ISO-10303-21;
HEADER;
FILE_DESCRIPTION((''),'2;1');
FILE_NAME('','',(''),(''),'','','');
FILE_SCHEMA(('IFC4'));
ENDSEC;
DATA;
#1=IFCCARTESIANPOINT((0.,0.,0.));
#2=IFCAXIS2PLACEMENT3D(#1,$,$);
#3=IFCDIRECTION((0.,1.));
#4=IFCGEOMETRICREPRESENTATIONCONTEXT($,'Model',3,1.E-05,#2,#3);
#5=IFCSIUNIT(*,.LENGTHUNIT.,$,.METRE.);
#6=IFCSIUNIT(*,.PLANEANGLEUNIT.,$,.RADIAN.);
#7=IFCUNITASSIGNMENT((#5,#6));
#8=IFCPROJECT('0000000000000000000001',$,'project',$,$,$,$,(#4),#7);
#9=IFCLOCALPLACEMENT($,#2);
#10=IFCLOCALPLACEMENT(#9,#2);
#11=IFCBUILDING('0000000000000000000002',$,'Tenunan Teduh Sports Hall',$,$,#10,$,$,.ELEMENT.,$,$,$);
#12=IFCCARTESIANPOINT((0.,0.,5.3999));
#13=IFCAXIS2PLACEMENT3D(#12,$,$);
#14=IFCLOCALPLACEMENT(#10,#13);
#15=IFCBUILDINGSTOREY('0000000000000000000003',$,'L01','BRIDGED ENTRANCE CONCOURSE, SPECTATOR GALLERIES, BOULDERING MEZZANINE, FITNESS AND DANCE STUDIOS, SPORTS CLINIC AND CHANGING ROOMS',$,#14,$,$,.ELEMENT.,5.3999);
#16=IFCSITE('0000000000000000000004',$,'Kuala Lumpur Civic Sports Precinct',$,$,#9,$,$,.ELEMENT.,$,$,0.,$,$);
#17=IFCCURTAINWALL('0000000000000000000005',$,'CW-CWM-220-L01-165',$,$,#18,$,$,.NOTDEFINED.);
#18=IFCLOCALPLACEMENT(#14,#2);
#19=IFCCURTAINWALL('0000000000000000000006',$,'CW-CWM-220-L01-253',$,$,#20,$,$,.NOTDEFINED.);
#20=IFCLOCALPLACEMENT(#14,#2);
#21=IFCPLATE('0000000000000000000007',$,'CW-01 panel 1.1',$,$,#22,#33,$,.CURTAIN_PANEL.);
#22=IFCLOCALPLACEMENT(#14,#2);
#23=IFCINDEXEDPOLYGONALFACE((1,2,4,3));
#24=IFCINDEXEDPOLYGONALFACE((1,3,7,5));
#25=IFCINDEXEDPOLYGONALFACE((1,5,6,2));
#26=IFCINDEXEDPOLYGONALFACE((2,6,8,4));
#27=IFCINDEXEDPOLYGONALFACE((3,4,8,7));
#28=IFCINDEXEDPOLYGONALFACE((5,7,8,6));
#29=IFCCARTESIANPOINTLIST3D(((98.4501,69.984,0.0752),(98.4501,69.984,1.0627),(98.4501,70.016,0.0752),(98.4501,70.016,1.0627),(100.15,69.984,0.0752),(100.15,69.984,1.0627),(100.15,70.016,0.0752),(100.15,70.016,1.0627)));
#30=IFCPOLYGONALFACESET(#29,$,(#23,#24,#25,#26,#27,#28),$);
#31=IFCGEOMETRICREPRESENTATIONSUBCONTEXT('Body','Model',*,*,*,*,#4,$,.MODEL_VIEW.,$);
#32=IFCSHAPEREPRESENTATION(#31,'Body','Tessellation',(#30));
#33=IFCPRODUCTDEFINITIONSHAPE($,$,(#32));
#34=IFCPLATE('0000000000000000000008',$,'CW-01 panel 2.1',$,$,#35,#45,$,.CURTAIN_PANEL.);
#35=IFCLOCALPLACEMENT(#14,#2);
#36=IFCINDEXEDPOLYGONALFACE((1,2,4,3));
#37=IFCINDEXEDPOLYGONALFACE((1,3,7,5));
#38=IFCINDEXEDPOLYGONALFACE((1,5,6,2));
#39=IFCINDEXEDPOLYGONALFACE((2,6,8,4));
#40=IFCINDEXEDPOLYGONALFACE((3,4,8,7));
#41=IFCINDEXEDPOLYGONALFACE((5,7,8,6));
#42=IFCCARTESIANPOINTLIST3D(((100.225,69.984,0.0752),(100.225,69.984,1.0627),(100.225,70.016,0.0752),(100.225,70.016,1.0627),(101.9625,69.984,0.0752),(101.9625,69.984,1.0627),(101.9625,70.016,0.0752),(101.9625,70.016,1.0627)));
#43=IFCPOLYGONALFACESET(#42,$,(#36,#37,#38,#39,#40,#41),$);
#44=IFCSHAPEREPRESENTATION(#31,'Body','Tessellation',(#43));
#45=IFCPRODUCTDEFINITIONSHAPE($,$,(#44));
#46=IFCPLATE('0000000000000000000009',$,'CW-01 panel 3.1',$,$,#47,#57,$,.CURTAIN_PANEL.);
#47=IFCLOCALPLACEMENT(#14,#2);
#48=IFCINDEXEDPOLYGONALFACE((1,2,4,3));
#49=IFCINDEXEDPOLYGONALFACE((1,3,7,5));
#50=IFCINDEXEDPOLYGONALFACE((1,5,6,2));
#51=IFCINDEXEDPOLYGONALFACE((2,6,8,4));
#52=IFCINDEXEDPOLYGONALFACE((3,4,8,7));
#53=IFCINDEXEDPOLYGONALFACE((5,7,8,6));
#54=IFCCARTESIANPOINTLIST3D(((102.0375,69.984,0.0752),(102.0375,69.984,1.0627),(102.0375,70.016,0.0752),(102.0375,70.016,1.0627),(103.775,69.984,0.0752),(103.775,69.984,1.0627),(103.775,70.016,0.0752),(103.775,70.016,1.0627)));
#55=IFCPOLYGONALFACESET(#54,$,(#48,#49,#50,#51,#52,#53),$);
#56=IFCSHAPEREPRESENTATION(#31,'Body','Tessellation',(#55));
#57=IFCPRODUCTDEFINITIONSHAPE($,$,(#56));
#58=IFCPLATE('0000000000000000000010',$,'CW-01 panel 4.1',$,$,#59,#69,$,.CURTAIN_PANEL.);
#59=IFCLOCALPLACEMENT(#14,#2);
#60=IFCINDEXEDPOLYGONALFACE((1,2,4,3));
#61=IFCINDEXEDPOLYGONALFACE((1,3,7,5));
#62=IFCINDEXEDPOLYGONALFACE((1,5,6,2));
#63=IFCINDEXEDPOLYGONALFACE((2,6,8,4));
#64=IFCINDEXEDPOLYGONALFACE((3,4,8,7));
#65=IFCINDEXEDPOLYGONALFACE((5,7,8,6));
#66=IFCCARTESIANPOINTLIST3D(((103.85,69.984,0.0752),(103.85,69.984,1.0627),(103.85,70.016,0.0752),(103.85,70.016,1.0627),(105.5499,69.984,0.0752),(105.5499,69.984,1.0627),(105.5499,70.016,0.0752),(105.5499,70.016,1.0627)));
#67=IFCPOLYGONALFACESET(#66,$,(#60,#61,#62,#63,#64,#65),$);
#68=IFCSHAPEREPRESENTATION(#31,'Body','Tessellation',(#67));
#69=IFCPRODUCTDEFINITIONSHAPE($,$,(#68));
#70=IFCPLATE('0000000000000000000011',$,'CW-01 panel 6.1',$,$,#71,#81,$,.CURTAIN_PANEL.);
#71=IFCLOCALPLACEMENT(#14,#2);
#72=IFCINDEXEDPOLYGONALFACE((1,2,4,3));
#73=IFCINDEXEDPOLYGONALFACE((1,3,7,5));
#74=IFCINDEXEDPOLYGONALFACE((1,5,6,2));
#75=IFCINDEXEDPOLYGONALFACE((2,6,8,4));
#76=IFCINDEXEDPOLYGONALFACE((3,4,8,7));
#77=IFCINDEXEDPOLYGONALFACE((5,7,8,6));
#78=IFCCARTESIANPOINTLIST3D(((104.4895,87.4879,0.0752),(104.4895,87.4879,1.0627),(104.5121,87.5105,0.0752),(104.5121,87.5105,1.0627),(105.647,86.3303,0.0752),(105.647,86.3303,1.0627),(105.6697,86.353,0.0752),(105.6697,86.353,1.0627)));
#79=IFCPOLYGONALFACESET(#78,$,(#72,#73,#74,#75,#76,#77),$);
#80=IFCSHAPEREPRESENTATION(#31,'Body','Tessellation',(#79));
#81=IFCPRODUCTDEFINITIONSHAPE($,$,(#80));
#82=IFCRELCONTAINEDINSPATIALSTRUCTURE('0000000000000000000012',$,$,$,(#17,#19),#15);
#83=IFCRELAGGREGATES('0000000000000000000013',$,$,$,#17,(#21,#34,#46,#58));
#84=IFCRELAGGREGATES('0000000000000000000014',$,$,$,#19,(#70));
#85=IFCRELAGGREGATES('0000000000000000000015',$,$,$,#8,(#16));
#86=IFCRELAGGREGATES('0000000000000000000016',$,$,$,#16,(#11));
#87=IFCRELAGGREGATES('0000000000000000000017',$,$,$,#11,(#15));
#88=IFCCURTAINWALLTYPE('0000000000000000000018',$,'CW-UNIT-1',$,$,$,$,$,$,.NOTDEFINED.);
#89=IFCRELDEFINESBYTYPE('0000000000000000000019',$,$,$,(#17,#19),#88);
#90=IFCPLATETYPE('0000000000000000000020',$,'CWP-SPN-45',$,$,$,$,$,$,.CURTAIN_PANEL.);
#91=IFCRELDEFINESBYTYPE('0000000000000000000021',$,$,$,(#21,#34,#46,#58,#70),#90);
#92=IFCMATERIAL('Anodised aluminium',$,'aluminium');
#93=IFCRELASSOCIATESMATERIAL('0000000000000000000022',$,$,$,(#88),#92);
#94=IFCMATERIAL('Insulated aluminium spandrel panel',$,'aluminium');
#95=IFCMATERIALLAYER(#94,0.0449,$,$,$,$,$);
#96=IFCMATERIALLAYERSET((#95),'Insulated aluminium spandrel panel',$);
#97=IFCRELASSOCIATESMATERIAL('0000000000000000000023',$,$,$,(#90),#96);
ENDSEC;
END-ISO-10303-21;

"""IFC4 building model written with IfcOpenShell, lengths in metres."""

from ifc_helpers import new_model, si_unit, direction, frame, origin, origin_2d, place, context, subcontext, project, spatial, rectangle, extrude, material, layer, layer_set, type_object, element, aggregate, save


model = new_model("IFC4")

# Units and contexts
model_context = context("Model", 3, precision=1e-05, world=origin(), true_north=direction((0.0, 1.0)))
body_context = subcontext(model_context, "Body", "Model", "MODEL_VIEW")
ifc_project = project(units=[si_unit("LENGTHUNIT", "METRE"), si_unit("PLANEANGLEUNIT", "RADIAN")], contexts=[model_context])

# Site, building, storey
site_placement = place(None, origin())
site = spatial("IfcSite", under=ifc_project, at=site_placement, Name="Kuala Lumpur Civic Sports Precinct", CompositionType="ELEMENT", RefElevation=0.0)
building_placement = place(site_placement, origin())
building = spatial("IfcBuilding", under=site, at=building_placement, Name="Tenunan Teduh Sports Hall", CompositionType="ELEMENT")
storey_placement = place(building_placement, frame((0.0, 0.0, 5.3999)))
storey = spatial("IfcBuildingStorey", under=building, at=storey_placement, Name="L01", Description="BRIDGED ENTRANCE CONCOURSE, SPECTATOR GALLERIES, BOULDERING MEZZANINE, FITNESS AND DANCE STUDIOS, SPORTS CLINIC AND CHANGING ROOMS", CompositionType="ELEMENT", Elevation=5.3999)

# Curtain wall
ifc_material_1 = material(Name="Anodised aluminium", Category="aluminium")
curtain_wall_type = type_object("IfcCurtainWallType", Name="CW-UNIT-1", PredefinedType="NOTDEFINED", material=ifc_material_1)
curtain_wall_1_placement = place(storey_placement, origin())
curtain_wall_1 = element("IfcCurtainWall", 1, at=curtain_wall_1_placement, inside=storey, type_object=curtain_wall_type, Name="CW-CWM-220-L01-165", PredefinedType="NOTDEFINED")

# Curtain wall
curtain_wall_2_placement = place(storey_placement, origin())
curtain_wall_2 = element("IfcCurtainWall", 2, at=curtain_wall_2_placement, inside=storey, type_object=curtain_wall_type, Name="CW-CWM-220-L01-253", PredefinedType="NOTDEFINED")

# Plates
ifc_material_2 = material(Name="Insulated aluminium spandrel panel", Category="aluminium")
ifc_layer_1 = layer(ifc_material_2, 0.0449)
ifc_layer_set_1 = layer_set([ifc_layer_1], Name="Insulated aluminium spandrel panel")
plate_type_1 = type_object("IfcPlateType", Name="CWP-SPN-45", PredefinedType="CURTAIN_PANEL", material=ifc_layer_set_1)
plate_1_placement = place(storey_placement, frame((99.3, 70.0, 0.0752), z_axis=(0.0, 0.0, 1.0), x_axis=(1.0, 0.0, 0.0)))
plate_1 = element("IfcPlate", 3, at=plate_1_placement, type_object=plate_type_1, Name="CW-01 panel 1.1", PredefinedType="CURTAIN_PANEL", context=body_context, shape_type="SweptSolid", body=[
    extrude(rectangle(XDim=1.7, YDim=0.032, at=origin_2d()), origin(), (0.0, 0.0, 1.0), 0.9875),
])
plate_2_placement = place(storey_placement, frame((101.0938, 70.0, 0.0752), z_axis=(0.0, 0.0, 1.0), x_axis=(1.0, 0.0, 0.0)))
plate_2 = element("IfcPlate", 4, at=plate_2_placement, type_object=plate_type_1, Name="CW-01 panel 2.1", PredefinedType="CURTAIN_PANEL", context=body_context, shape_type="SweptSolid", body=[
    extrude(rectangle(XDim=1.7375, YDim=0.032, at=origin_2d()), origin(), (0.0, 0.0, 1.0), 0.9875),
])
plate_3_placement = place(storey_placement, frame((102.9062, 70.0, 0.0752), z_axis=(0.0, 0.0, 1.0), x_axis=(1.0, 0.0, 0.0)))
plate_3 = element("IfcPlate", 5, at=plate_3_placement, type_object=plate_type_1, Name="CW-01 panel 3.1", PredefinedType="CURTAIN_PANEL", context=body_context, shape_type="SweptSolid", body=[
    extrude(rectangle(XDim=1.7375, YDim=0.032, at=origin_2d()), origin(), (0.0, 0.0, 1.0), 0.9875),
])
plate_4_placement = place(storey_placement, frame((104.7, 70.0, 0.0752), z_axis=(0.0, 0.0, 1.0), x_axis=(1.0, 0.0, 0.0)))
plate_4 = element("IfcPlate", 6, at=plate_4_placement, type_object=plate_type_1, Name="CW-01 panel 4.1", PredefinedType="CURTAIN_PANEL", context=body_context, shape_type="SweptSolid", body=[
    extrude(rectangle(XDim=1.7, YDim=0.032, at=origin_2d()), origin(), (0.0, 0.0, 1.0), 0.9875),
])
aggregate(curtain_wall_1, [plate_1, plate_2, plate_3, plate_4])
plate_5_placement = place(storey_placement, frame((105.0796, 86.9204, 0.0752), z_axis=(0.0, 0.0, 1.0), x_axis=(0.707107, -0.707107, 0.0)))
plate_5 = element("IfcPlate", 7, at=plate_5_placement, type_object=plate_type_1, Name="CW-01 panel 6.1", PredefinedType="CURTAIN_PANEL", context=body_context, shape_type="SweptSolid", body=[
    extrude(rectangle(XDim=1.637, YDim=0.032, at=origin_2d()), origin(), (0.0, 0.0, 1.0), 0.9875),
])
aggregate(curtain_wall_2, [plate_5])

save(model, "model.ifc")
